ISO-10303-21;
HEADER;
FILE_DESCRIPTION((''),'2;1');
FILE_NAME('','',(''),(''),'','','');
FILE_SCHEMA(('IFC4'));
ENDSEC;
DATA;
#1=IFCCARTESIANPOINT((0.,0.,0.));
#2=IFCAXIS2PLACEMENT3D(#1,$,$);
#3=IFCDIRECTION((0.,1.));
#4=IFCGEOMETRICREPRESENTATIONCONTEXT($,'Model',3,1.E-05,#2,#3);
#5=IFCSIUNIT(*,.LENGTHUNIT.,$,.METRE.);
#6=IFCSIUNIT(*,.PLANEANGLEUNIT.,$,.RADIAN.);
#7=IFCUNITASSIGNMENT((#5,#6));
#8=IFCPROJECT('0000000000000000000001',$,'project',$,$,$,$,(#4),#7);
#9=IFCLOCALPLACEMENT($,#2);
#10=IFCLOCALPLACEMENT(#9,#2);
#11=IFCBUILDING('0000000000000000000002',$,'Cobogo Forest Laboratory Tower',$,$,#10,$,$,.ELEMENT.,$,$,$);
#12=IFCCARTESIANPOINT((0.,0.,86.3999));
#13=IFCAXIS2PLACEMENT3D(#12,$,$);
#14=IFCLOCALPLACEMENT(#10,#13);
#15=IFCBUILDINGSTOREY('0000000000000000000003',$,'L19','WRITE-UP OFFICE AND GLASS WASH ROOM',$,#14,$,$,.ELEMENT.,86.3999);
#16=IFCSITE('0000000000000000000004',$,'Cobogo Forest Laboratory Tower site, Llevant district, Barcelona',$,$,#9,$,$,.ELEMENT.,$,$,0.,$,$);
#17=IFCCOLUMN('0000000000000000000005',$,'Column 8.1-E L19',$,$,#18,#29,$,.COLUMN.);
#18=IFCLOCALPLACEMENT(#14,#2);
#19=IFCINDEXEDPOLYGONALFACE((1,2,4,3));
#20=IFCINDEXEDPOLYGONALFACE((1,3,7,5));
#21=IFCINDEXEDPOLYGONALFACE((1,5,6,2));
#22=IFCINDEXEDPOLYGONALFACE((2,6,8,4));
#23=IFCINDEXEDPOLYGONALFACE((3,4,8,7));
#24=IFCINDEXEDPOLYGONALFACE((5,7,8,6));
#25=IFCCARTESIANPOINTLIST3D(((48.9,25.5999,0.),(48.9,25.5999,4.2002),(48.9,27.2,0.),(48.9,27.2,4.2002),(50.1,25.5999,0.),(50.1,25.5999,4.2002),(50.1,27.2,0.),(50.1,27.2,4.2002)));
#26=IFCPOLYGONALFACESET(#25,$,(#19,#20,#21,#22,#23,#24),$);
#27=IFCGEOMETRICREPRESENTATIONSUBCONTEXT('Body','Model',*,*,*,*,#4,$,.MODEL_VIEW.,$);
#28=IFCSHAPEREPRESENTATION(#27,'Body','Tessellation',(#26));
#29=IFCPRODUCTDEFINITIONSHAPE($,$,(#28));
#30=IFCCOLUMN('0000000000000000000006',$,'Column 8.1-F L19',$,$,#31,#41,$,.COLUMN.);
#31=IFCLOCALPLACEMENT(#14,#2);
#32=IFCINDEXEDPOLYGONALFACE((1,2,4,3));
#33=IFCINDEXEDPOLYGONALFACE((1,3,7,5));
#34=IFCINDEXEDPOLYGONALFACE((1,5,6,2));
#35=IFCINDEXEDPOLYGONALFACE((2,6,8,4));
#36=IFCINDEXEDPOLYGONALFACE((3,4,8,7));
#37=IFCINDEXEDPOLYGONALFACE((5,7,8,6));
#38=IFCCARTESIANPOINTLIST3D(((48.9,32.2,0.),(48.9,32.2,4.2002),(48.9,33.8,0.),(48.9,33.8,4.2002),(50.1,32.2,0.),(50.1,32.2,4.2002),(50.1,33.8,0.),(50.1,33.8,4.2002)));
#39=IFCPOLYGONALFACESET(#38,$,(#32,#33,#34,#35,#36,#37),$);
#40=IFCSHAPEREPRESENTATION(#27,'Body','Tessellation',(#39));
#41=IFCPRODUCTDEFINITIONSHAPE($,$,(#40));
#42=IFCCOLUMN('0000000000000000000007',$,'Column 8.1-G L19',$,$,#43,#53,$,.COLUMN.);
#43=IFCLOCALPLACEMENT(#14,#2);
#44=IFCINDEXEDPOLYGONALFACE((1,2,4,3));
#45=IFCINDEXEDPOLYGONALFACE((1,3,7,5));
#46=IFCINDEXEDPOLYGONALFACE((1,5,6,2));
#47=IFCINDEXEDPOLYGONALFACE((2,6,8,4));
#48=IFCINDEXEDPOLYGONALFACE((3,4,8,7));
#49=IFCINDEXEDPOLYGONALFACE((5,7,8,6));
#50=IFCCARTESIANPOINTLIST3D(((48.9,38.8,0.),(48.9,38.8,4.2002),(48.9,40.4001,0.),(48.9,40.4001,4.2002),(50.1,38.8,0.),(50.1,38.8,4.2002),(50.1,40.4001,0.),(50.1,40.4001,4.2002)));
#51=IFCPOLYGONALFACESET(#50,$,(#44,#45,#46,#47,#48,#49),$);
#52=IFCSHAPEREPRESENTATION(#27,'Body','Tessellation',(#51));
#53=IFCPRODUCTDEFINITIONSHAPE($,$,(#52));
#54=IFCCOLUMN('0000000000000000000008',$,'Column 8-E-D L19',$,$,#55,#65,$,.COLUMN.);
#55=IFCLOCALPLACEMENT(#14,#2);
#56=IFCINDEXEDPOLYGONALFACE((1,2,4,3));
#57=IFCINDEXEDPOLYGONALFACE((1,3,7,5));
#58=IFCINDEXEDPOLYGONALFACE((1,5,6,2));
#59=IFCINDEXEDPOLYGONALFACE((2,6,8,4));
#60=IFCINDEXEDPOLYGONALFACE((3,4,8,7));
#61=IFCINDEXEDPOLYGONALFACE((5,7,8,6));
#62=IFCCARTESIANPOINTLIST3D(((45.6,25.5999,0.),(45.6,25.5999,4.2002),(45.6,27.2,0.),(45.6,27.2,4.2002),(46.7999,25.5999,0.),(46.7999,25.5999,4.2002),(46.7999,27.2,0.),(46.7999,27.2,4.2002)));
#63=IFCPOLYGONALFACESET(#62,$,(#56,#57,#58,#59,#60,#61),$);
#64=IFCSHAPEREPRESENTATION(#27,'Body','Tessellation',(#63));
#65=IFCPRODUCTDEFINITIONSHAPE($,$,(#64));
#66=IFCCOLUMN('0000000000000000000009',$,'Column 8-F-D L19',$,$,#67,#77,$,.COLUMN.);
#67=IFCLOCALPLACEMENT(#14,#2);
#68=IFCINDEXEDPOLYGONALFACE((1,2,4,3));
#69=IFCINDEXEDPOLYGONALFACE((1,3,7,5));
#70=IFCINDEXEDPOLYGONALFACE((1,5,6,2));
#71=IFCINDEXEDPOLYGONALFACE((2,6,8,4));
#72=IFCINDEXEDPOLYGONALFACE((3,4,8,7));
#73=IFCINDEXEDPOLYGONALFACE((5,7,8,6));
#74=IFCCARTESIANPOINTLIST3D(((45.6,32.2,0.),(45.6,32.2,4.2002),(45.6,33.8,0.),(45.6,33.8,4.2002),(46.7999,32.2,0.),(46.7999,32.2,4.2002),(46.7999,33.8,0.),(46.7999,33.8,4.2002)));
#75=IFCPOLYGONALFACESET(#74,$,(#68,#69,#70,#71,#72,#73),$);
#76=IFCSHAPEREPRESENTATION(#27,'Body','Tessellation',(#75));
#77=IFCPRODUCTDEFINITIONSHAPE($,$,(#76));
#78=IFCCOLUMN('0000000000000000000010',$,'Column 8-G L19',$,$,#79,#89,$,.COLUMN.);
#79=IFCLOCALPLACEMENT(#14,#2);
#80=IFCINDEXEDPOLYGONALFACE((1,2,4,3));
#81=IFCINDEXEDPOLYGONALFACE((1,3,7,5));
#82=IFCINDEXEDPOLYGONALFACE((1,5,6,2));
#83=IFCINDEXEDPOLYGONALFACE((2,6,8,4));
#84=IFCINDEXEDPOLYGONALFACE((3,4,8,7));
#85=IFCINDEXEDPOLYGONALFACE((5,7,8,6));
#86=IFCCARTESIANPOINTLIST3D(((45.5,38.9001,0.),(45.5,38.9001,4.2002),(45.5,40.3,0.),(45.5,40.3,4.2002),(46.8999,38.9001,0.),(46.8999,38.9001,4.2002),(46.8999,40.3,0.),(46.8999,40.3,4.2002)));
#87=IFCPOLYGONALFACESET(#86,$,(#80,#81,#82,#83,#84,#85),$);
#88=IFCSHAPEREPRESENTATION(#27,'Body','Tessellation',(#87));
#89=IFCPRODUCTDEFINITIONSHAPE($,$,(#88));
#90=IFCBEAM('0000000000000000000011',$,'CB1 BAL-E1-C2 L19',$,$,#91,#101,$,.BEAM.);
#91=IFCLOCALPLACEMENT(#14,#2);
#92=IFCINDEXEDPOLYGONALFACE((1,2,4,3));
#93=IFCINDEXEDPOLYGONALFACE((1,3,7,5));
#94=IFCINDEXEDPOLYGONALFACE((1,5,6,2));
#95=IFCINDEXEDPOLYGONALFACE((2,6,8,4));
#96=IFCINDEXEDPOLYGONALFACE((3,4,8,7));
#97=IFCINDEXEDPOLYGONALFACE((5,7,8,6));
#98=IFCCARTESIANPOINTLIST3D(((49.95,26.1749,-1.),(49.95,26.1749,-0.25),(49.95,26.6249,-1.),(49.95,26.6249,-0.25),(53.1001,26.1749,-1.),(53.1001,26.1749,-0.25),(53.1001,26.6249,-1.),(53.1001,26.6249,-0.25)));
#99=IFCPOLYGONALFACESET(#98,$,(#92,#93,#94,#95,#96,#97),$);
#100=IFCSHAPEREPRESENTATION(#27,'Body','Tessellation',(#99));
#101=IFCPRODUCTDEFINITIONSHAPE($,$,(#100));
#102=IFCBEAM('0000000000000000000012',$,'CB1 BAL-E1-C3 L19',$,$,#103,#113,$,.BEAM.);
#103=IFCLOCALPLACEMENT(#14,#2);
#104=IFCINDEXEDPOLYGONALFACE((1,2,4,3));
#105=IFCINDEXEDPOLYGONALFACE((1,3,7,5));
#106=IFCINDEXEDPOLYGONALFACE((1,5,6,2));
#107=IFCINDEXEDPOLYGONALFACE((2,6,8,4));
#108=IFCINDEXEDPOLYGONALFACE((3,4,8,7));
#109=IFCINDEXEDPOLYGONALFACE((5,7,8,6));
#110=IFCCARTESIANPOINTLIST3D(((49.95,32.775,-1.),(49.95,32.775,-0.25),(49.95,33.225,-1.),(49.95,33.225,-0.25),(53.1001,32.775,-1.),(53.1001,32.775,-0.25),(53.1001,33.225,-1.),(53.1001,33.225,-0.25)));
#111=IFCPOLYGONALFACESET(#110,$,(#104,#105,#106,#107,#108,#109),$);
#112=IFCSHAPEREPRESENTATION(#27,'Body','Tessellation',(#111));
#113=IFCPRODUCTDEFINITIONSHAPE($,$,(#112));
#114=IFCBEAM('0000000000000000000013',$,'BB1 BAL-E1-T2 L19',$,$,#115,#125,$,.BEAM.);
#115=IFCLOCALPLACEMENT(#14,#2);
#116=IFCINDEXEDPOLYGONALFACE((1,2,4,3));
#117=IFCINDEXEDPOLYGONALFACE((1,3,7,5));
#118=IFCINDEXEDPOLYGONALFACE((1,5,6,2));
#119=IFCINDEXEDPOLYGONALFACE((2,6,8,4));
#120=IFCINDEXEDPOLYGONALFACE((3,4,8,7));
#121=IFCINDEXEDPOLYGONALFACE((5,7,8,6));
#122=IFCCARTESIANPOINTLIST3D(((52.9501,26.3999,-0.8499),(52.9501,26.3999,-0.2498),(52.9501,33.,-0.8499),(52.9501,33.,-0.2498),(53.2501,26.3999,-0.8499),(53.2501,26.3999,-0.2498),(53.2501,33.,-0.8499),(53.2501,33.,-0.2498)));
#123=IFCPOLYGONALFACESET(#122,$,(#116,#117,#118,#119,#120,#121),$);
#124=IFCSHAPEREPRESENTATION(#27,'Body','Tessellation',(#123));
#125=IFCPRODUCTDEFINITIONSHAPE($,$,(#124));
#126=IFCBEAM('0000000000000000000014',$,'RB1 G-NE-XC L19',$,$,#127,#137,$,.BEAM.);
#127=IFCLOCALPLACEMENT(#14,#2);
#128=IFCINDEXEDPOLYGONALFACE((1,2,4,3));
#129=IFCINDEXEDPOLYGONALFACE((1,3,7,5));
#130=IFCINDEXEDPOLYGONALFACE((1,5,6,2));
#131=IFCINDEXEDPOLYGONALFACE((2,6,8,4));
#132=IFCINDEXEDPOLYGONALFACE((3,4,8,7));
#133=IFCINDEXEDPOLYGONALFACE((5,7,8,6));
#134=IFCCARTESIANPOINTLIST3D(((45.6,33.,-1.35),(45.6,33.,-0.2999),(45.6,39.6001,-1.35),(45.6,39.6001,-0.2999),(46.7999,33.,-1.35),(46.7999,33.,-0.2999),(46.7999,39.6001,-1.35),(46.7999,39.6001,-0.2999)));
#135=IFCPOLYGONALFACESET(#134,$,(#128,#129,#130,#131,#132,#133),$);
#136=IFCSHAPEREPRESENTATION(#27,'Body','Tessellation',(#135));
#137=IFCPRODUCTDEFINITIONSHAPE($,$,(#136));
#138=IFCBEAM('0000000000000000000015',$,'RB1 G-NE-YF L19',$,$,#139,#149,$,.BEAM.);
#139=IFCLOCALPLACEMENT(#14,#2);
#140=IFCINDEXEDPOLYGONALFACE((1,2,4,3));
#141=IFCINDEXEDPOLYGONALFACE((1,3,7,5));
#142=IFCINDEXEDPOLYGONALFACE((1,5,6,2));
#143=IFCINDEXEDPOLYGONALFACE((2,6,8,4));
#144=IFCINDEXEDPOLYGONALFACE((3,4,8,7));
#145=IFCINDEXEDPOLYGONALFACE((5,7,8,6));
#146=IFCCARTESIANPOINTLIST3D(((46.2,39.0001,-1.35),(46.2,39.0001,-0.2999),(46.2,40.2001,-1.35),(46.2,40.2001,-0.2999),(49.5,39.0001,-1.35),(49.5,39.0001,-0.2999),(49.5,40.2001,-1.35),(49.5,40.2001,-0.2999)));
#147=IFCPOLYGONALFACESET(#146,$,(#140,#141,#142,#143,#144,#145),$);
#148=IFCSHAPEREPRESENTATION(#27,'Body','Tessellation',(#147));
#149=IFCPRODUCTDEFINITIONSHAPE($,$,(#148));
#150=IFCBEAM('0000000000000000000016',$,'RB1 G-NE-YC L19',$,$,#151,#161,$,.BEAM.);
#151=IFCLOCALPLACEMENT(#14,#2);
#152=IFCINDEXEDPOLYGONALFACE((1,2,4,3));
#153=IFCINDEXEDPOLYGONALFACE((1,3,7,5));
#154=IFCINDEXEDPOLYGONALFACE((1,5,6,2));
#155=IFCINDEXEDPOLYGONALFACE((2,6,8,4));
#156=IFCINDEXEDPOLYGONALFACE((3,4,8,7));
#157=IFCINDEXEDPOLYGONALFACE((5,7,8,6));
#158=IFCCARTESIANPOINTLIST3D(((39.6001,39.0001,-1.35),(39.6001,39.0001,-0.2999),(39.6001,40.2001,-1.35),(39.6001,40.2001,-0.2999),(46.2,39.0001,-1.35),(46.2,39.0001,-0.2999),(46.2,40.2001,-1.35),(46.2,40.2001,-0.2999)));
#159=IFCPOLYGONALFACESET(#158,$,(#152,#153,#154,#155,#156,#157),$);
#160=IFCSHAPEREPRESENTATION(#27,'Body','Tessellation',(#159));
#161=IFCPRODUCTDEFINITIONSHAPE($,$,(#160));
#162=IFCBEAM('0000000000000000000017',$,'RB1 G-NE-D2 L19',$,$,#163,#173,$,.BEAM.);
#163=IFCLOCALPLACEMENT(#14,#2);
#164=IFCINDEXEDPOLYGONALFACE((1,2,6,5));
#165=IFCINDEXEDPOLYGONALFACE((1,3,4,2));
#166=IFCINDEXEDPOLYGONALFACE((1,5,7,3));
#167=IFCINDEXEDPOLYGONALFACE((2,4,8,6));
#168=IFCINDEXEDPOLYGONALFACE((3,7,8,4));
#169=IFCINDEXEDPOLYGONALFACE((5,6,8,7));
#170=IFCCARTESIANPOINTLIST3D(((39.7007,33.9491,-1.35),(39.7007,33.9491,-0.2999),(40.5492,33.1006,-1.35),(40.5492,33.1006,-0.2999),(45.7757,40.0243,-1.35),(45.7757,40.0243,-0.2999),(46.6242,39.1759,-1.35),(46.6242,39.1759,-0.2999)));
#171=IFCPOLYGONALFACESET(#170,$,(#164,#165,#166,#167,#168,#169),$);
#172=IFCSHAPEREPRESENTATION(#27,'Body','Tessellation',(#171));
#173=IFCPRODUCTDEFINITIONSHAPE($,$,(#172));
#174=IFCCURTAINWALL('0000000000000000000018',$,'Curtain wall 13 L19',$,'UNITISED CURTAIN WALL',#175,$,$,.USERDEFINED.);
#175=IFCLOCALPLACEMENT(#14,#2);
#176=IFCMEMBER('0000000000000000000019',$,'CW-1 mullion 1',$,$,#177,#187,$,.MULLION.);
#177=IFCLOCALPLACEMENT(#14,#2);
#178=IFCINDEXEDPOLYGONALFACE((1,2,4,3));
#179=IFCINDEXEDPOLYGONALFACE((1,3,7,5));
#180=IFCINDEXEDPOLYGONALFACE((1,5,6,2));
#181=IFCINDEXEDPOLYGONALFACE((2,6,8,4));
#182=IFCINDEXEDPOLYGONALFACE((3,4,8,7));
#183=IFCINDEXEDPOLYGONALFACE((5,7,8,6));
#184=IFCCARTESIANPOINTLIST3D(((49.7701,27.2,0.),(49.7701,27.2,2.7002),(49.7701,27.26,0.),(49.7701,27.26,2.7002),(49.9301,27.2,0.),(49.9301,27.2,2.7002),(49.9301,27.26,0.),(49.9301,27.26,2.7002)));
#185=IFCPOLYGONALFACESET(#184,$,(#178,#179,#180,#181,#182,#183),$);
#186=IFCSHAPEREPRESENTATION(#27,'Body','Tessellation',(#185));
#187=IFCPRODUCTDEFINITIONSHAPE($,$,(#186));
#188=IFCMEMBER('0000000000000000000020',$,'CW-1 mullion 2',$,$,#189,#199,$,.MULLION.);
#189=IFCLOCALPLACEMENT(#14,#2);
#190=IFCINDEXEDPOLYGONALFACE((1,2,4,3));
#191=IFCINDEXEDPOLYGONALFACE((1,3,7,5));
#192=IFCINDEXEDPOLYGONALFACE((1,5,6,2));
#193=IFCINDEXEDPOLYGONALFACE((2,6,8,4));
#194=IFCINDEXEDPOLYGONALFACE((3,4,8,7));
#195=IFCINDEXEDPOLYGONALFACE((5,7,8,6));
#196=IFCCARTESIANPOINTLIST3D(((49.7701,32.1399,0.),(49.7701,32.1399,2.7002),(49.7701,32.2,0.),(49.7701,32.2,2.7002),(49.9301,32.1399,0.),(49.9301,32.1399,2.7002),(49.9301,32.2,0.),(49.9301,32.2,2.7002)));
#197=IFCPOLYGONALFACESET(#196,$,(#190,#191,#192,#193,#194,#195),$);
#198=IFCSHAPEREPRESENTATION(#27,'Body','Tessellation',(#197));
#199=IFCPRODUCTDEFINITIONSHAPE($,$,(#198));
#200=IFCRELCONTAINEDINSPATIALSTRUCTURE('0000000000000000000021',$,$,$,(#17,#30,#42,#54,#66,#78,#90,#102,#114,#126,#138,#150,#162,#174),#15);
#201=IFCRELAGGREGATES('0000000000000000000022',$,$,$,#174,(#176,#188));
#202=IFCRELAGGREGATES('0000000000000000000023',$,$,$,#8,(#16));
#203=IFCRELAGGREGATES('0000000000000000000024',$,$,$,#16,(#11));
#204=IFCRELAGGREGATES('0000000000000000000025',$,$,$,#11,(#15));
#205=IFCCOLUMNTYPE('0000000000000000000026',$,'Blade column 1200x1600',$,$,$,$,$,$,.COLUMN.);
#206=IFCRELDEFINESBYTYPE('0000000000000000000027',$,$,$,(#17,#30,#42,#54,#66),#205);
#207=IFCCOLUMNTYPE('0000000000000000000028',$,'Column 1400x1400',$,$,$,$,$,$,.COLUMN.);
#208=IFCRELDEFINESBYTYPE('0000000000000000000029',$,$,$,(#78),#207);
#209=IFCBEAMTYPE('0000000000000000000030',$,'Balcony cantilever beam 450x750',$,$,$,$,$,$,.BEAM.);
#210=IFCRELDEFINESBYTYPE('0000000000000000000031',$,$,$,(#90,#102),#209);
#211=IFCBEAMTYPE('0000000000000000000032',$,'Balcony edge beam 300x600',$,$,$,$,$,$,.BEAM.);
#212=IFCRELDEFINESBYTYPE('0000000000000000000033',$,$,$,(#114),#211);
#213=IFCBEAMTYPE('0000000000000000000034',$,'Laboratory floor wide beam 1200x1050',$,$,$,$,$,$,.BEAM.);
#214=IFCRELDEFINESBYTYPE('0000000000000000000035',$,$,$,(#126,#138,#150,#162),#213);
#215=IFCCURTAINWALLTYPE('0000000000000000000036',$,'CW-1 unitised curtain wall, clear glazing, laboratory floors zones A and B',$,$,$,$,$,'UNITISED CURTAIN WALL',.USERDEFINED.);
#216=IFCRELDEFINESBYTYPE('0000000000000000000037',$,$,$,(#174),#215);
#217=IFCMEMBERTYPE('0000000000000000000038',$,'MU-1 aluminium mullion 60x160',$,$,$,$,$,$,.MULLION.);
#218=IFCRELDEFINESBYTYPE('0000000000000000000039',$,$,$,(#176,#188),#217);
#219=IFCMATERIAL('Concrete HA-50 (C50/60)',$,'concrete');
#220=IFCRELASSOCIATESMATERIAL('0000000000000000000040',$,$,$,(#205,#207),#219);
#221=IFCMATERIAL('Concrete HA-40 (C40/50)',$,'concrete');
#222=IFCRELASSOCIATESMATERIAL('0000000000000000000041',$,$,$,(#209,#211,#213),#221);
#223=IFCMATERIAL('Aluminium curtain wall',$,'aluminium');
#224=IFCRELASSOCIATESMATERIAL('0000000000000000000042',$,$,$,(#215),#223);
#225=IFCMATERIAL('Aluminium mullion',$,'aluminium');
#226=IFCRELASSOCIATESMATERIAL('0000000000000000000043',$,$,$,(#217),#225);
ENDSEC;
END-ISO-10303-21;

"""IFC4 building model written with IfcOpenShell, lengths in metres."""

from ifc_helpers import new_model, si_unit, direction, frame, origin, origin_2d, place, context, subcontext, project, spatial, rectangle, extrude, material, material_profile, profile_set, type_object, element, aggregate, save


model = new_model("IFC4")

# Units and contexts
model_context = context("Model", 3, precision=1e-05, world=origin(), true_north=direction((0.0, 1.0)))
body_context = subcontext(model_context, "Body", "Model", "MODEL_VIEW")
ifc_project = project(units=[si_unit("LENGTHUNIT", "METRE"), si_unit("PLANEANGLEUNIT", "RADIAN")], contexts=[model_context])

# Site, building, storey
site_placement = place(None, origin())
site = spatial("IfcSite", under=ifc_project, at=site_placement, Name="Cobogo Forest Laboratory Tower site, Llevant district, Barcelona", CompositionType="ELEMENT", RefElevation=0.0)
building_placement = place(site_placement, origin())
building = spatial("IfcBuilding", under=site, at=building_placement, Name="Cobogo Forest Laboratory Tower", CompositionType="ELEMENT")
storey_placement = place(building_placement, frame((0.0, 0.0, 86.3999)))
storey = spatial("IfcBuildingStorey", under=building, at=storey_placement, Name="L19", Description="WRITE-UP OFFICE AND GLASS WASH ROOM", CompositionType="ELEMENT", Elevation=86.3999)

# Columns
ifc_material_1 = material(Name="Concrete HA-50 (C50/60)", Category="concrete")
ifc_material_profile_1 = material_profile(ifc_material_1, rectangle(XDim=1.6001, YDim=1.2, at=origin_2d()), Name="RC 1200x1600")
ifc_profile_set_1 = profile_set([ifc_material_profile_1], Name="Concrete HA-50 (C50/60)")
column_type_1 = type_object("IfcColumnType", Name="Blade column 1200x1600", PredefinedType="COLUMN", material=ifc_profile_set_1)
for number, where, z_axis, x_axis, name in (
    (1, (49.5, 26.3999, 0.0), (0.0, 0.0, 1.0), (0.0, 1.0, 0.0), "Column 8.1-E L19"),
    (2, (49.5, 33.0, 0.0), (0.0, 0.0, 1.0), (0.0, 1.0, 0.0), "Column 8.1-F L19"),
    (3, (49.5, 39.6001, 0.0), (0.0, 0.0, 1.0), (0.0, 1.0, 0.0), "Column 8.1-G L19"),
    (4, (46.2, 26.3999, 0.0), (0.0, 0.0, 1.0), (0.0, 1.0, 0.0), "Column 8-E-D L19"),
    (5, (46.2, 33.0, 0.0), (0.0, 0.0, 1.0), (0.0, 1.0, 0.0), "Column 8-F-D L19"),
):
    element("IfcColumn", number, at=place(storey_placement, frame(where, z_axis=z_axis, x_axis=x_axis)), inside=storey, type_object=column_type_1, Name=name, PredefinedType="COLUMN", context=body_context, shape_type="SweptSolid", body=[
        extrude(rectangle(XDim=1.6001, YDim=1.2, at=origin_2d()), origin(), (0.0, 0.0, 1.0), 4.2002),
    ])
ifc_material_profile_2 = material_profile(ifc_material_1, rectangle(XDim=1.3999, YDim=1.3999, at=origin_2d()), Name="RC 1400x1400")
ifc_profile_set_2 = profile_set([ifc_material_profile_2], Name="Concrete HA-50 (C50/60)")
column_type_2 = type_object("IfcColumnType", Name="Column 1400x1400", PredefinedType="COLUMN", material=ifc_profile_set_2)
column_placement = place(storey_placement, frame((46.2, 39.6001, 0.0), z_axis=(0.0, 0.0, 1.0), x_axis=(1.0, 0.0, 0.0)))
element("IfcColumn", 6, at=column_placement, inside=storey, type_object=column_type_2, Name="Column 8-G L19", PredefinedType="COLUMN", context=body_context, shape_type="SweptSolid", body=[
    extrude(rectangle(XDim=1.3999, YDim=1.3999, at=origin_2d()), origin(), (0.0, 0.0, 1.0), 4.2002),
])

# Beams
ifc_material_2 = material(Name="Concrete HA-40 (C40/50)", Category="concrete")
ifc_material_profile_3 = material_profile(ifc_material_2, rectangle(XDim=0.45, YDim=0.75, at=origin_2d()), Name="RC 450x750")
ifc_profile_set_3 = profile_set([ifc_material_profile_3], Name="Concrete HA-40 (C40/50)")
beam_type_1 = type_object("IfcBeamType", Name="Balcony cantilever beam 450x750", PredefinedType="BEAM", material=ifc_profile_set_3)
for number, where, z_axis, x_axis, name in (
    (7, (49.95, 26.3999, -0.625), (1.0, 0.0, 0.0), (0.0, 1.0, 0.0), "CB1 BAL-E1-C2 L19"),
    (8, (49.95, 33.0, -0.625), (1.0, 0.0, 0.0), (0.0, 1.0, 0.0), "CB1 BAL-E1-C3 L19"),
):
    element("IfcBeam", number, at=place(storey_placement, frame(where, z_axis=z_axis, x_axis=x_axis)), inside=storey, type_object=beam_type_1, Name=name, PredefinedType="BEAM", context=body_context, shape_type="SweptSolid", body=[
        extrude(rectangle(XDim=0.45, YDim=0.75, at=origin_2d()), origin(), (0.0, 0.0, 1.0), 3.1501),
    ])
ifc_material_profile_4 = material_profile(ifc_material_2, rectangle(XDim=0.3, YDim=0.6001, at=origin_2d()), Name="RC 300x600")
ifc_profile_set_4 = profile_set([ifc_material_profile_4], Name="Concrete HA-40 (C40/50)")
beam_type_2 = type_object("IfcBeamType", Name="Balcony edge beam 300x600", PredefinedType="BEAM", material=ifc_profile_set_4)
beam_1_placement = place(storey_placement, frame((53.1001, 26.3999, -0.5498), z_axis=(0.0, 1.0, 0.0), x_axis=(-1.0, 0.0, 0.0)))
element("IfcBeam", 9, at=beam_1_placement, inside=storey, type_object=beam_type_2, Name="BB1 BAL-E1-T2 L19", PredefinedType="BEAM", context=body_context, shape_type="SweptSolid", body=[
    extrude(rectangle(XDim=0.3, YDim=0.6001, at=origin_2d()), origin(), (0.0, 0.0, 1.0), 6.6001),
])
ifc_material_profile_5 = material_profile(ifc_material_2, rectangle(XDim=1.2, YDim=1.05, at=origin_2d()), Name="RC 1200x1050")
ifc_profile_set_5 = profile_set([ifc_material_profile_5], Name="Concrete HA-40 (C40/50)")
beam_type_3 = type_object("IfcBeamType", Name="Laboratory floor wide beam 1200x1050", PredefinedType="BEAM", material=ifc_profile_set_5)
beam_2_placement = place(storey_placement, frame((46.2, 39.6001, -0.825), z_axis=(0.0, -1.0, 0.0), x_axis=(1.0, 0.0, 0.0)))
element("IfcBeam", 10, at=beam_2_placement, inside=storey, type_object=beam_type_3, Name="RB1 G-NE-XC L19", PredefinedType="BEAM", context=body_context, shape_type="SweptSolid", body=[
    extrude(rectangle(XDim=1.2, YDim=1.05, at=origin_2d()), origin(), (0.0, 0.0, 1.0), 6.6001),
])
beam_3_placement = place(storey_placement, frame((49.5, 39.6001, -0.825), z_axis=(-1.0, 0.0, 0.0), x_axis=(0.0, -1.0, 0.0)))
element("IfcBeam", 11, at=beam_3_placement, inside=storey, type_object=beam_type_3, Name="RB1 G-NE-YF L19", PredefinedType="BEAM", context=body_context, shape_type="SweptSolid", body=[
    extrude(rectangle(XDim=1.2, YDim=1.05, at=origin_2d()), origin(), (0.0, 0.0, 1.0), 3.3),
])
beam_4_placement = place(storey_placement, frame((46.2, 39.6001, -0.825), z_axis=(-1.0, 0.0, 0.0), x_axis=(0.0, -1.0, 0.0)))
element("IfcBeam", 12, at=beam_4_placement, inside=storey, type_object=beam_type_3, Name="RB1 G-NE-YC L19", PredefinedType="BEAM", context=body_context, shape_type="SweptSolid", body=[
    extrude(rectangle(XDim=1.2, YDim=1.05, at=origin_2d()), origin(), (0.0, 0.0, 1.0), 6.5999),
])
beam_5_placement = place(storey_placement, frame((46.2, 39.6001, -0.825), z_axis=(-0.707093, -0.707121, 0.0), x_axis=(0.707121, -0.707093, 0.0)))
element("IfcBeam", 13, at=beam_5_placement, inside=storey, type_object=beam_type_3, Name="RB1 G-NE-D2 L19", PredefinedType="BEAM", context=body_context, shape_type="SweptSolid", body=[
    extrude(rectangle(XDim=1.2, YDim=1.05, at=origin_2d()), origin(), (0.0, 0.0, 1.0), 8.5916),
])

# Curtain wall, members
ifc_material_3 = material(Name="Aluminium curtain wall", Category="aluminium")
curtain_wall_type = type_object("IfcCurtainWallType", Name="CW-1 unitised curtain wall, clear glazing, laboratory floors zones A and B", ElementType="UNITISED CURTAIN WALL", PredefinedType="USERDEFINED", material=ifc_material_3)
curtain_wall_1_placement = place(storey_placement, origin())
curtain_wall_1 = element("IfcCurtainWall", 14, at=curtain_wall_1_placement, inside=storey, type_object=curtain_wall_type, Name="Curtain wall 13 L19", ObjectType="UNITISED CURTAIN WALL", PredefinedType="USERDEFINED")
ifc_material_4 = material(Name="Aluminium mullion", Category="aluminium")
ifc_material_profile_6 = material_profile(ifc_material_4, rectangle(XDim=0.0601, YDim=0.1599, at=origin_2d()), Name="AL 60x160")
ifc_profile_set_6 = profile_set([ifc_material_profile_6], Name="Aluminium mullion")
member_type_1 = type_object("IfcMemberType", Name="MU-1 aluminium mullion 60x160", PredefinedType="MULLION", material=ifc_profile_set_6)
member_1_placement = place(storey_placement, frame((49.8501, 27.23, 0.0), z_axis=(0.0, 0.0, 1.0), x_axis=(0.0, 1.0, 0.0)))
member_1 = element("IfcMember", 15, at=member_1_placement, type_object=member_type_1, Name="CW-1 mullion 1", PredefinedType="MULLION", context=body_context, shape_type="SweptSolid", body=[
    extrude(rectangle(XDim=0.0601, YDim=0.1599, at=origin_2d()), origin(), (0.0, 0.0, 1.0), 2.7002),
])
member_2_placement = place(storey_placement, frame((49.8501, 32.1699, 0.0), z_axis=(0.0, 0.0, 1.0), x_axis=(0.0, 1.0, 0.0)))
member_2 = element("IfcMember", 16, at=member_2_placement, type_object=member_type_1, Name="CW-1 mullion 2", PredefinedType="MULLION", context=body_context, shape_type="SweptSolid", body=[
    extrude(rectangle(XDim=0.0601, YDim=0.1599, at=origin_2d()), origin(), (0.0, 0.0, 1.0), 2.7002),
])

aggregate(curtain_wall_1, [member_1, member_2])

save(model, "model.ifc")
